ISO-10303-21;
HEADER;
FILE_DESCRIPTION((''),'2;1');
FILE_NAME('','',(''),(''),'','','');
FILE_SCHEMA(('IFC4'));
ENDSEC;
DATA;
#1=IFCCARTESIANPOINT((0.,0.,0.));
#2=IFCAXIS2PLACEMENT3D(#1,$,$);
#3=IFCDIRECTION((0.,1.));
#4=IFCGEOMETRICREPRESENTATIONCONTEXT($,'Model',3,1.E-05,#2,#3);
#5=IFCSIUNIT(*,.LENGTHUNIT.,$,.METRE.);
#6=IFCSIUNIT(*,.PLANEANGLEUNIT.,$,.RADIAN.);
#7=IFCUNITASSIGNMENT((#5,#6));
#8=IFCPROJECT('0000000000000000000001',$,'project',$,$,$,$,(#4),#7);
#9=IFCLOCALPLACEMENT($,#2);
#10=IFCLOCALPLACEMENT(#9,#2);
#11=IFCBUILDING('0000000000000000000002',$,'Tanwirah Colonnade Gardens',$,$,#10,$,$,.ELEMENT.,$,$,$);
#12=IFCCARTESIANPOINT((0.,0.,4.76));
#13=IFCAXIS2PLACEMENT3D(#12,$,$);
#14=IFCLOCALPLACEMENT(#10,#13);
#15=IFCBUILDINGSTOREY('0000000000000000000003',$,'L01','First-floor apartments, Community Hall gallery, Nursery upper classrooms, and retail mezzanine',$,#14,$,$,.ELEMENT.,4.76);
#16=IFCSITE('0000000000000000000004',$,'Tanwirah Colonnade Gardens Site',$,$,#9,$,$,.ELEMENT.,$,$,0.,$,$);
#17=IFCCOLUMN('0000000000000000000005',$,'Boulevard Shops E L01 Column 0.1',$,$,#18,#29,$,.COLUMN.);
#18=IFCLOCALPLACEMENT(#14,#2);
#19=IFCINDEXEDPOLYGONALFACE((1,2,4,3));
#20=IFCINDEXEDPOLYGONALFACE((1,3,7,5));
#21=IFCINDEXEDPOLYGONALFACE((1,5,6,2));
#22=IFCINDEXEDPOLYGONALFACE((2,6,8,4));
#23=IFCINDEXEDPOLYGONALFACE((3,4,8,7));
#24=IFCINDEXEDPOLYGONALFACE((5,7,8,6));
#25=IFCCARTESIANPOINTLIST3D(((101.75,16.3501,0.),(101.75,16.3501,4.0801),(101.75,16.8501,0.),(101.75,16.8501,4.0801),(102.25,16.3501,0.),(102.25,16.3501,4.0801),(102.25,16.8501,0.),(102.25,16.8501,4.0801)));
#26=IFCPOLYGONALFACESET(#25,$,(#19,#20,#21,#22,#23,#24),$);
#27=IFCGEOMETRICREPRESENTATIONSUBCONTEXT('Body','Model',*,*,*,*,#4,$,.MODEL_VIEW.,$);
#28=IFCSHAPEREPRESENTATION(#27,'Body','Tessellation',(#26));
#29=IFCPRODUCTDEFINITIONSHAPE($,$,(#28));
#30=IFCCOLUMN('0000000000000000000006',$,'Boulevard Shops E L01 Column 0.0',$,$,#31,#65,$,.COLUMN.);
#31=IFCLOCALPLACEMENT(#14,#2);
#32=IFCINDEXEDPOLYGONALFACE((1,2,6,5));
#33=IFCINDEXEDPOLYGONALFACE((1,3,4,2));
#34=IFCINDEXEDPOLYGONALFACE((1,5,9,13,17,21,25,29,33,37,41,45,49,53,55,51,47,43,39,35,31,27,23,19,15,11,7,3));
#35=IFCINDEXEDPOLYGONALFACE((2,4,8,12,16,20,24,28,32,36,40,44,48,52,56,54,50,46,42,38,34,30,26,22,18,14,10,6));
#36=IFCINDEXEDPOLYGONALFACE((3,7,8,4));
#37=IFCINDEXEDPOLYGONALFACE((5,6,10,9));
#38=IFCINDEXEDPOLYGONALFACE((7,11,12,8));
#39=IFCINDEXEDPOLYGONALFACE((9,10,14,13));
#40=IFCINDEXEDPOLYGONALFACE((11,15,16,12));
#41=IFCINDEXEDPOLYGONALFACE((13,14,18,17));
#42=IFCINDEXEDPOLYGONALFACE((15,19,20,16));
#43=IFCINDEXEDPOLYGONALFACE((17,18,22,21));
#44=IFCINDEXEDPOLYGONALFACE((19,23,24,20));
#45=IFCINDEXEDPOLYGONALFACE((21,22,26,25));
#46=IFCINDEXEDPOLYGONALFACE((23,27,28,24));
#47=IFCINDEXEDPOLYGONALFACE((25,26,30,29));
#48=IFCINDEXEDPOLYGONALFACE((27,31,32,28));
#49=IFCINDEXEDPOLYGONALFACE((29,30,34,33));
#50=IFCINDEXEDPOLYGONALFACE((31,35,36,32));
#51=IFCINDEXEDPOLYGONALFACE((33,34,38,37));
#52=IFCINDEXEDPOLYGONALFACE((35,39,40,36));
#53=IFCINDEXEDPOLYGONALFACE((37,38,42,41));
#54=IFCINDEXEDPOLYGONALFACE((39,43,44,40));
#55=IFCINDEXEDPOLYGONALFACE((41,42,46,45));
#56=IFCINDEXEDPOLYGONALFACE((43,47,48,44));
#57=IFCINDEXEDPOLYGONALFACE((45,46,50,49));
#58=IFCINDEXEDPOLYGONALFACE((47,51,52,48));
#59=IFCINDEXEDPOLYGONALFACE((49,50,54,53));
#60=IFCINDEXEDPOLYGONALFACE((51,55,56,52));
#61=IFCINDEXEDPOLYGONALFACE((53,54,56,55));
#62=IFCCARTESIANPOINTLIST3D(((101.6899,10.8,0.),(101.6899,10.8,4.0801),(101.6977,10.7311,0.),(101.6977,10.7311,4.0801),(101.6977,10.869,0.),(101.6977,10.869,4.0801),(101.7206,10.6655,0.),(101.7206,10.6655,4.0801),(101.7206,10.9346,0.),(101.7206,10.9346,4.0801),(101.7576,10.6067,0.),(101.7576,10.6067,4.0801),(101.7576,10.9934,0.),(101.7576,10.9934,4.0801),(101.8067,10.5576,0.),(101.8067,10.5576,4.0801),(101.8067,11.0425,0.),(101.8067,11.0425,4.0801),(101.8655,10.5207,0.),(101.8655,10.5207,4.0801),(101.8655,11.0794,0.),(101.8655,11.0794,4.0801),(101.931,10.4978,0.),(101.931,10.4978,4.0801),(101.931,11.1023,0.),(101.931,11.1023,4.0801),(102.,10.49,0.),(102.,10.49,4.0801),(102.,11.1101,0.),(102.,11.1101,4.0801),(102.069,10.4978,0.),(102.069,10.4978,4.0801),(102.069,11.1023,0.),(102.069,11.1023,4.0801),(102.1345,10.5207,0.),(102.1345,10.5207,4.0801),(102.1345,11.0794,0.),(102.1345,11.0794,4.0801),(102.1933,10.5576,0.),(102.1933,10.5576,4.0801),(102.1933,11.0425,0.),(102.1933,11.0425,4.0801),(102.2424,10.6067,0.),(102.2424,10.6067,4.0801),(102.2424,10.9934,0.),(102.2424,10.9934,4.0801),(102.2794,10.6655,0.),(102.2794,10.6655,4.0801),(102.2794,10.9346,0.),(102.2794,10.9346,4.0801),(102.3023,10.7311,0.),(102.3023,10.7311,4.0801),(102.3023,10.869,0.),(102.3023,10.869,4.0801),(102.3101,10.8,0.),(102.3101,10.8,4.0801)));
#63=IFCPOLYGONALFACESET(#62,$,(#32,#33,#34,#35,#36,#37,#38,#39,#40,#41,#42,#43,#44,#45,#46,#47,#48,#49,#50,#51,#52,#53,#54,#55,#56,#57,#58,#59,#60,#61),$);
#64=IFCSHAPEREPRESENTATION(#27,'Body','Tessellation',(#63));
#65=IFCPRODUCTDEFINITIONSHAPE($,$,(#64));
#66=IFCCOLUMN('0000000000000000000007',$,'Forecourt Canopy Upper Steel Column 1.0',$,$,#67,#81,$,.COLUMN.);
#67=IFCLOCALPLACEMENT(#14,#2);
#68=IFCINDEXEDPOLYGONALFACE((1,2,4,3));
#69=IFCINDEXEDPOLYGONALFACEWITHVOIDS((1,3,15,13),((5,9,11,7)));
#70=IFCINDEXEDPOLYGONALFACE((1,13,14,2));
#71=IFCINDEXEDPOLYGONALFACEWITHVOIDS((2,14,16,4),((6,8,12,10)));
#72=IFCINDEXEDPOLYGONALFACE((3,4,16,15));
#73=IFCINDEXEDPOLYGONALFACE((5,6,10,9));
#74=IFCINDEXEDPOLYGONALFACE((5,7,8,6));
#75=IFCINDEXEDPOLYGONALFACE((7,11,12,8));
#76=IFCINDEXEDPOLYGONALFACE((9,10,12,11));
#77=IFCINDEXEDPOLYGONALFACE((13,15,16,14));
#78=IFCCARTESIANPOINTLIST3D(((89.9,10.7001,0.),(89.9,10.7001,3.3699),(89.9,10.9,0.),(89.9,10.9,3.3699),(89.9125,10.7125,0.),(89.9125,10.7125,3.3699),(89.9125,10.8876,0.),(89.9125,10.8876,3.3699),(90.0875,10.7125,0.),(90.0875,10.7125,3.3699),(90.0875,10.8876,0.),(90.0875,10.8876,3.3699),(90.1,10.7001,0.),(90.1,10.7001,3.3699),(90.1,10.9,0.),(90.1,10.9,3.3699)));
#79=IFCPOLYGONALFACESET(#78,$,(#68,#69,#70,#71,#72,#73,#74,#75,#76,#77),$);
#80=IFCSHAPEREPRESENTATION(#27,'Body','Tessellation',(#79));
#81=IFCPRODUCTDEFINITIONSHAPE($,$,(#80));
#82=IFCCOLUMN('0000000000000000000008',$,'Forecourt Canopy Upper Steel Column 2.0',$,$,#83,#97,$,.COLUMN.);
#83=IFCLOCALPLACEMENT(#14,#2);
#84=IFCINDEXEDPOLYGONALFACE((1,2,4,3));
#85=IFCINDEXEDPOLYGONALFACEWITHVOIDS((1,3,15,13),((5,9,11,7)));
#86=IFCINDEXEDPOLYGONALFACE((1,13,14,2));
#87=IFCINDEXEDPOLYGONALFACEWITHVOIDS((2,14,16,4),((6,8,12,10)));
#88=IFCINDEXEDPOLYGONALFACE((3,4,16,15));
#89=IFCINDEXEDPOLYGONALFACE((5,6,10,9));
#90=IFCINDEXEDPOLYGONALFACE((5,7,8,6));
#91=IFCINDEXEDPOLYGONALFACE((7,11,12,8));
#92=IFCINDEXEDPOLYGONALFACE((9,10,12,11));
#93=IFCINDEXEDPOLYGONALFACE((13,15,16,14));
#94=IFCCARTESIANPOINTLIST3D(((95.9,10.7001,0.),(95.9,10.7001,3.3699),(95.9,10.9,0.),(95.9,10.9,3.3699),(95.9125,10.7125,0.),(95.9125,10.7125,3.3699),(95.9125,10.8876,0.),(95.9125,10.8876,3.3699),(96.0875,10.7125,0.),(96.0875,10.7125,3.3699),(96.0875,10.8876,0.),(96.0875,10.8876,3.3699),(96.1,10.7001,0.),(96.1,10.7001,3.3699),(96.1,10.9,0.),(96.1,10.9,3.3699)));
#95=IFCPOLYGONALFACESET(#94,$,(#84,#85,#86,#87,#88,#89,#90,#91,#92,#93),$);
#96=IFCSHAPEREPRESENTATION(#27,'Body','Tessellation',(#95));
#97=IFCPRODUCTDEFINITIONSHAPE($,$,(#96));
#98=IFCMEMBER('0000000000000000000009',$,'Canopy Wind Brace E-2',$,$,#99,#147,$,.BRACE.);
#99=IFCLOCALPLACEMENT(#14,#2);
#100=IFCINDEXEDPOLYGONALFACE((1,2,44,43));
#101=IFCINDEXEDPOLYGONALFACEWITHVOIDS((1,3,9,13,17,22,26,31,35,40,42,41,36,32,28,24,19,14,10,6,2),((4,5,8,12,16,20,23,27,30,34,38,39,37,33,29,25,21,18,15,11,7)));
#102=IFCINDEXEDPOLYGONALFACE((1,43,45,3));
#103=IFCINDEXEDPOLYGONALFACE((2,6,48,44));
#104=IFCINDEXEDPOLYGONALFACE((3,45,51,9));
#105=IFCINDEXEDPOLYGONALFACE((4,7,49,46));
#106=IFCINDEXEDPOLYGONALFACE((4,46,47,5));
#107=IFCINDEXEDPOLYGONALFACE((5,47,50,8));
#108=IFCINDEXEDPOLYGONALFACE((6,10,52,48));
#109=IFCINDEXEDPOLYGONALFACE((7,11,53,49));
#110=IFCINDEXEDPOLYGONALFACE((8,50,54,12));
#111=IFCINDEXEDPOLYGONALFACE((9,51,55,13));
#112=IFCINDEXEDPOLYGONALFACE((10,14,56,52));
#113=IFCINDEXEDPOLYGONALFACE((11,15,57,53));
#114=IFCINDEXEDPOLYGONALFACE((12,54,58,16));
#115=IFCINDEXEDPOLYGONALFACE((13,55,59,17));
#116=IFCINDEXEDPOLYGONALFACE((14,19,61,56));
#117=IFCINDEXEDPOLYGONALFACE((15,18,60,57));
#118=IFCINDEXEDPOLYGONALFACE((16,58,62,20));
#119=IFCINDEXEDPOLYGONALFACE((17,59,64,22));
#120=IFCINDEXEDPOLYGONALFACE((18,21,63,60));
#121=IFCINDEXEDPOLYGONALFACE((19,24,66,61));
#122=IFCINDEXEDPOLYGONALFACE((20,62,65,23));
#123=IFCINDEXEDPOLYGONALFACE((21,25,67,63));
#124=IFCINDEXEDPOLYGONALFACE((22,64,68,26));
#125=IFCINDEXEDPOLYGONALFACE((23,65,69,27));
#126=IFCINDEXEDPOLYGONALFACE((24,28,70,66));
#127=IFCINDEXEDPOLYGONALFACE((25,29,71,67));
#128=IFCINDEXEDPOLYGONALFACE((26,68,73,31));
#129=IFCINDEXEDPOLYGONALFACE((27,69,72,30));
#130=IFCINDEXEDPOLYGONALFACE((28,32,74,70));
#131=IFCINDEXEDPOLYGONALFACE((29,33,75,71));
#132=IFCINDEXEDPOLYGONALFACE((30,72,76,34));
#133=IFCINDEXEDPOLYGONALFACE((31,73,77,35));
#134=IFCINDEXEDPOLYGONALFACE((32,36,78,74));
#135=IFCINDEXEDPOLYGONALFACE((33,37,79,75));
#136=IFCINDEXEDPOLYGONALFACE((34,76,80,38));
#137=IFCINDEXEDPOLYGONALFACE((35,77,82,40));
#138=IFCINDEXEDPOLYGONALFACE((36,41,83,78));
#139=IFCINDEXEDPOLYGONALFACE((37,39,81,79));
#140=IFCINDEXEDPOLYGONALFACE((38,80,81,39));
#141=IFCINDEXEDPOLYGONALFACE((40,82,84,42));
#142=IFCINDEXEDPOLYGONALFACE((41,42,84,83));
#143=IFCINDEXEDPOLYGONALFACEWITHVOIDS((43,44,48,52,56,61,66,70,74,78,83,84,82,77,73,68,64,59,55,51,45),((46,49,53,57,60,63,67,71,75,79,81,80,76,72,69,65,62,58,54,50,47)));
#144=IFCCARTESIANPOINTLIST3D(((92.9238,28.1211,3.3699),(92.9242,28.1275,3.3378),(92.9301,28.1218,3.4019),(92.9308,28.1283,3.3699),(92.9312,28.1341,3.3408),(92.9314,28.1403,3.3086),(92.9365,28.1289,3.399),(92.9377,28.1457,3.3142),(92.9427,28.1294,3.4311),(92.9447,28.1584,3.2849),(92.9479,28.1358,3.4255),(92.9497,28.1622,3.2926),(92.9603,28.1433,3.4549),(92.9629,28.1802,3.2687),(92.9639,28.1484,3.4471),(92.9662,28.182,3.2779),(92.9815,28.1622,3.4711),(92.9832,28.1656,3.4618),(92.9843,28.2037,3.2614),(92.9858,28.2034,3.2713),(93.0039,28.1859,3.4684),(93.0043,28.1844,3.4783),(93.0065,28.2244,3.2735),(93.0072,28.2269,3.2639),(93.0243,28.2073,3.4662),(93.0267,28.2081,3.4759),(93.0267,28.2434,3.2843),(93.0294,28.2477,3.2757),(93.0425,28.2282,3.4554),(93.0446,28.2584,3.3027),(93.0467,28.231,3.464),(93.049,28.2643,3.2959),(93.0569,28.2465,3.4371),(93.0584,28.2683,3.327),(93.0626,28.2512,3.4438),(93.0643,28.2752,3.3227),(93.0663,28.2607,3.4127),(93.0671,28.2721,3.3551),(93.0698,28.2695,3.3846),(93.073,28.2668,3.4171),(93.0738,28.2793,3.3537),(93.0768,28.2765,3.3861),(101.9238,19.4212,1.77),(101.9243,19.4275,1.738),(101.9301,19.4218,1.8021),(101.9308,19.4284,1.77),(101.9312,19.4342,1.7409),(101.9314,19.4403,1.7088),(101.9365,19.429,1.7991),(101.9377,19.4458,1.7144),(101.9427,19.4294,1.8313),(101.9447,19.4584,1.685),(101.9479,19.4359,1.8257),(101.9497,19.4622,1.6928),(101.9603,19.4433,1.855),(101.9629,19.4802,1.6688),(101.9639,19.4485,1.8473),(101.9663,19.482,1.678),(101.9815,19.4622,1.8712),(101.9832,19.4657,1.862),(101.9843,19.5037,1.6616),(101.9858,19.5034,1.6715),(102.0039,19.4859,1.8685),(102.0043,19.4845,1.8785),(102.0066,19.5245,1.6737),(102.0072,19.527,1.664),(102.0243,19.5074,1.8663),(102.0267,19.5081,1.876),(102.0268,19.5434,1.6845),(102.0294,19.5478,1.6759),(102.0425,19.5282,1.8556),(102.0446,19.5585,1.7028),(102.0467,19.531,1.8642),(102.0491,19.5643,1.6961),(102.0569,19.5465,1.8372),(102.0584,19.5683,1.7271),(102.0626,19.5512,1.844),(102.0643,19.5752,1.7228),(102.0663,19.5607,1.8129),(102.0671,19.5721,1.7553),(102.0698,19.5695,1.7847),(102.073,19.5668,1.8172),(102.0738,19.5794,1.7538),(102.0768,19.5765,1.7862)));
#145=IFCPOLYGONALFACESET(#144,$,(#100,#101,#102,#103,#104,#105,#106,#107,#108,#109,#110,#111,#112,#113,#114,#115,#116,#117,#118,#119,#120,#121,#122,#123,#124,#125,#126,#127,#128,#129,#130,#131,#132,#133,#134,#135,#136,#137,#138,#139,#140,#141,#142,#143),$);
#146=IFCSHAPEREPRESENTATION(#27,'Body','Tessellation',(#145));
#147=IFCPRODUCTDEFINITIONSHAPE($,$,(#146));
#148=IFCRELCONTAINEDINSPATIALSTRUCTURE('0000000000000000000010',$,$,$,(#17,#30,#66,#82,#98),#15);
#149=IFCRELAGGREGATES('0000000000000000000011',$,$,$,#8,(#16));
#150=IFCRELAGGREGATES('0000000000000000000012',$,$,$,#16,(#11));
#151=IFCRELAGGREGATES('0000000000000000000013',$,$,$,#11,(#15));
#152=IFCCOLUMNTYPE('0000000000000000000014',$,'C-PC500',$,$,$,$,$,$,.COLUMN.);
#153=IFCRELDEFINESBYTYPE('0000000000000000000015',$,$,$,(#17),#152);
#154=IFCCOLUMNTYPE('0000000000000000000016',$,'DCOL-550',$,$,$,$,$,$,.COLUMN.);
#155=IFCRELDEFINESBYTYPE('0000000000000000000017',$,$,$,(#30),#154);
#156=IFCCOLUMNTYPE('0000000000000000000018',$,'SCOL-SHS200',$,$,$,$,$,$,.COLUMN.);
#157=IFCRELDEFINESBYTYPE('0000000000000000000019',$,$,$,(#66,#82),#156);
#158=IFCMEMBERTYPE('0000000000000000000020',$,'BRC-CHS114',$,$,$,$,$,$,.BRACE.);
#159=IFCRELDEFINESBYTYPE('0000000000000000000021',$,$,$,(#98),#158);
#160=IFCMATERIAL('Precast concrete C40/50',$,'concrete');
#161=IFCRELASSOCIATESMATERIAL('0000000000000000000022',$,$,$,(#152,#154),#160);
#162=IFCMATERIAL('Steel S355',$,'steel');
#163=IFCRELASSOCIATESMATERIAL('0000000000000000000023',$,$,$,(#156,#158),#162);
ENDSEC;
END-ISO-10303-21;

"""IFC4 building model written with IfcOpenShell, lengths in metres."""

from ifc_helpers import new_model, si_unit, direction, frame, origin, origin_2d, place, context, subcontext, project, spatial, rectangle, hollow_rectangle, circle, hollow_circle, extrude, material, material_profile, profile_set, type_object, element, save


model = new_model("IFC4")

# Units and contexts
model_context = context("Model", 3, precision=1e-05, world=origin(), true_north=direction((0.0, 1.0)))
body_context = subcontext(model_context, "Body", "Model", "MODEL_VIEW")
ifc_project = project(units=[si_unit("LENGTHUNIT", "METRE"), si_unit("PLANEANGLEUNIT", "RADIAN")], contexts=[model_context])

# Site, building, storey
site_placement = place(None, origin())
site = spatial("IfcSite", under=ifc_project, at=site_placement, Name="Tanwirah Colonnade Gardens Site", CompositionType="ELEMENT", RefElevation=0.0)
building_placement = place(site_placement, origin())
building = spatial("IfcBuilding", under=site, at=building_placement, Name="Tanwirah Colonnade Gardens", CompositionType="ELEMENT")
storey_placement = place(building_placement, frame((0.0, 0.0, 4.76)))
storey = spatial("IfcBuildingStorey", under=building, at=storey_placement, Name="L01", Description="First-floor apartments, Community Hall gallery, Nursery upper classrooms, and retail mezzanine", CompositionType="ELEMENT", Elevation=4.76)

# Columns
ifc_material_1 = material(Name="Precast concrete C40/50", Category="concrete")
ifc_material_profile_1 = material_profile(ifc_material_1, rectangle(XDim=0.5, YDim=0.5, at=origin_2d()), Name="PC-COL 500x500")
ifc_profile_set_1 = profile_set([ifc_material_profile_1], Name="Precast concrete C40/50")
column_type_1 = type_object("IfcColumnType", Name="C-PC500", PredefinedType="COLUMN", material=ifc_profile_set_1)
column_1_placement = place(storey_placement, frame((102.0, 16.6001, 0.0), z_axis=(0.0, 0.0, 1.0), x_axis=(1.0, 0.0, 0.0)))
element("IfcColumn", 1, at=column_1_placement, inside=storey, type_object=column_type_1, Name="Boulevard Shops E L01 Column 0.1", PredefinedType="COLUMN", context=body_context, shape_type="SweptSolid", body=[
    extrude(rectangle(XDim=0.5, YDim=0.5, at=origin_2d()), origin(), (0.0, 0.0, 1.0), 4.0801),
])
ifc_material_profile_2 = material_profile(ifc_material_1, circle(Radius=0.3101, at=origin_2d()), Name="PC-DCOL D620")
ifc_profile_set_2 = profile_set([ifc_material_profile_2], Name="Precast concrete C40/50")
column_type_2 = type_object("IfcColumnType", Name="DCOL-550", PredefinedType="COLUMN", material=ifc_profile_set_2)
column_2_placement = place(storey_placement, frame((102.0, 10.8, 0.0), z_axis=(0.0, 0.0, 1.0), x_axis=(1.0, 0.0, 0.0)))
element("IfcColumn", 2, at=column_2_placement, inside=storey, type_object=column_type_2, Name="Boulevard Shops E L01 Column 0.0", PredefinedType="COLUMN", context=body_context, shape_type="SweptSolid", body=[
    extrude(circle(Radius=0.3101, at=origin_2d()), origin(), (0.0, 0.0, 1.0), 4.0801),
])
ifc_material_2 = material(Name="Steel S355", Category="steel")
ifc_material_profile_3 = material_profile(ifc_material_2, hollow_rectangle(XDim=0.2, YDim=0.2, WallThickness=0.0125, at=origin_2d()), Name="SHS 200x200x12.5")
ifc_profile_set_3 = profile_set([ifc_material_profile_3], Name="Steel S355")
column_type_3 = type_object("IfcColumnType", Name="SCOL-SHS200", PredefinedType="COLUMN", material=ifc_profile_set_3)
for number, where, z_axis, x_axis, name in (
    (3, (90.0, 10.8, 0.0), (0.0, 0.0, 1.0), (1.0, 0.0, 0.0), "Forecourt Canopy Upper Steel Column 1.0"),
    (4, (96.0, 10.8, 0.0), (0.0, 0.0, 1.0), (1.0, 0.0, 0.0), "Forecourt Canopy Upper Steel Column 2.0"),
):
    element("IfcColumn", number, at=place(storey_placement, frame(where, z_axis=z_axis, x_axis=x_axis)), inside=storey, type_object=column_type_3, Name=name, PredefinedType="COLUMN", context=body_context, shape_type="SweptSolid", body=[
        extrude(hollow_rectangle(XDim=0.2, YDim=0.2, WallThickness=0.0125, at=origin_2d()), origin(), (0.0, 0.0, 1.0), 3.3699),
    ])

# Member
ifc_material_profile_4 = material_profile(ifc_material_2, hollow_circle(Radius=0.1096, WallThickness=0.01, at=origin_2d()), Name="CHS 219.1x10")
ifc_profile_set_4 = profile_set([ifc_material_profile_4], Name="Steel S355")
member_type_1 = type_object("IfcMemberType", Name="BRC-CHS114", PredefinedType="BRACE", material=ifc_profile_set_4)
member_1_placement = place(storey_placement, frame((102.0, 19.5, 1.77), z_axis=(-0.713189, 0.689412, 0.126778), x_axis=(-0.69502, -0.71899, 0.0)))
element("IfcMember", 5, at=member_1_placement, inside=storey, type_object=member_type_1, Name="Canopy Wind Brace E-2", PredefinedType="BRACE", context=body_context, shape_type="SweptSolid", body=[
    extrude(hollow_circle(Radius=0.1096, WallThickness=0.01, at=origin_2d()), origin(), (0.0, 0.0, 1.0), 12.6194),
])

save(model, "model.ifc")
